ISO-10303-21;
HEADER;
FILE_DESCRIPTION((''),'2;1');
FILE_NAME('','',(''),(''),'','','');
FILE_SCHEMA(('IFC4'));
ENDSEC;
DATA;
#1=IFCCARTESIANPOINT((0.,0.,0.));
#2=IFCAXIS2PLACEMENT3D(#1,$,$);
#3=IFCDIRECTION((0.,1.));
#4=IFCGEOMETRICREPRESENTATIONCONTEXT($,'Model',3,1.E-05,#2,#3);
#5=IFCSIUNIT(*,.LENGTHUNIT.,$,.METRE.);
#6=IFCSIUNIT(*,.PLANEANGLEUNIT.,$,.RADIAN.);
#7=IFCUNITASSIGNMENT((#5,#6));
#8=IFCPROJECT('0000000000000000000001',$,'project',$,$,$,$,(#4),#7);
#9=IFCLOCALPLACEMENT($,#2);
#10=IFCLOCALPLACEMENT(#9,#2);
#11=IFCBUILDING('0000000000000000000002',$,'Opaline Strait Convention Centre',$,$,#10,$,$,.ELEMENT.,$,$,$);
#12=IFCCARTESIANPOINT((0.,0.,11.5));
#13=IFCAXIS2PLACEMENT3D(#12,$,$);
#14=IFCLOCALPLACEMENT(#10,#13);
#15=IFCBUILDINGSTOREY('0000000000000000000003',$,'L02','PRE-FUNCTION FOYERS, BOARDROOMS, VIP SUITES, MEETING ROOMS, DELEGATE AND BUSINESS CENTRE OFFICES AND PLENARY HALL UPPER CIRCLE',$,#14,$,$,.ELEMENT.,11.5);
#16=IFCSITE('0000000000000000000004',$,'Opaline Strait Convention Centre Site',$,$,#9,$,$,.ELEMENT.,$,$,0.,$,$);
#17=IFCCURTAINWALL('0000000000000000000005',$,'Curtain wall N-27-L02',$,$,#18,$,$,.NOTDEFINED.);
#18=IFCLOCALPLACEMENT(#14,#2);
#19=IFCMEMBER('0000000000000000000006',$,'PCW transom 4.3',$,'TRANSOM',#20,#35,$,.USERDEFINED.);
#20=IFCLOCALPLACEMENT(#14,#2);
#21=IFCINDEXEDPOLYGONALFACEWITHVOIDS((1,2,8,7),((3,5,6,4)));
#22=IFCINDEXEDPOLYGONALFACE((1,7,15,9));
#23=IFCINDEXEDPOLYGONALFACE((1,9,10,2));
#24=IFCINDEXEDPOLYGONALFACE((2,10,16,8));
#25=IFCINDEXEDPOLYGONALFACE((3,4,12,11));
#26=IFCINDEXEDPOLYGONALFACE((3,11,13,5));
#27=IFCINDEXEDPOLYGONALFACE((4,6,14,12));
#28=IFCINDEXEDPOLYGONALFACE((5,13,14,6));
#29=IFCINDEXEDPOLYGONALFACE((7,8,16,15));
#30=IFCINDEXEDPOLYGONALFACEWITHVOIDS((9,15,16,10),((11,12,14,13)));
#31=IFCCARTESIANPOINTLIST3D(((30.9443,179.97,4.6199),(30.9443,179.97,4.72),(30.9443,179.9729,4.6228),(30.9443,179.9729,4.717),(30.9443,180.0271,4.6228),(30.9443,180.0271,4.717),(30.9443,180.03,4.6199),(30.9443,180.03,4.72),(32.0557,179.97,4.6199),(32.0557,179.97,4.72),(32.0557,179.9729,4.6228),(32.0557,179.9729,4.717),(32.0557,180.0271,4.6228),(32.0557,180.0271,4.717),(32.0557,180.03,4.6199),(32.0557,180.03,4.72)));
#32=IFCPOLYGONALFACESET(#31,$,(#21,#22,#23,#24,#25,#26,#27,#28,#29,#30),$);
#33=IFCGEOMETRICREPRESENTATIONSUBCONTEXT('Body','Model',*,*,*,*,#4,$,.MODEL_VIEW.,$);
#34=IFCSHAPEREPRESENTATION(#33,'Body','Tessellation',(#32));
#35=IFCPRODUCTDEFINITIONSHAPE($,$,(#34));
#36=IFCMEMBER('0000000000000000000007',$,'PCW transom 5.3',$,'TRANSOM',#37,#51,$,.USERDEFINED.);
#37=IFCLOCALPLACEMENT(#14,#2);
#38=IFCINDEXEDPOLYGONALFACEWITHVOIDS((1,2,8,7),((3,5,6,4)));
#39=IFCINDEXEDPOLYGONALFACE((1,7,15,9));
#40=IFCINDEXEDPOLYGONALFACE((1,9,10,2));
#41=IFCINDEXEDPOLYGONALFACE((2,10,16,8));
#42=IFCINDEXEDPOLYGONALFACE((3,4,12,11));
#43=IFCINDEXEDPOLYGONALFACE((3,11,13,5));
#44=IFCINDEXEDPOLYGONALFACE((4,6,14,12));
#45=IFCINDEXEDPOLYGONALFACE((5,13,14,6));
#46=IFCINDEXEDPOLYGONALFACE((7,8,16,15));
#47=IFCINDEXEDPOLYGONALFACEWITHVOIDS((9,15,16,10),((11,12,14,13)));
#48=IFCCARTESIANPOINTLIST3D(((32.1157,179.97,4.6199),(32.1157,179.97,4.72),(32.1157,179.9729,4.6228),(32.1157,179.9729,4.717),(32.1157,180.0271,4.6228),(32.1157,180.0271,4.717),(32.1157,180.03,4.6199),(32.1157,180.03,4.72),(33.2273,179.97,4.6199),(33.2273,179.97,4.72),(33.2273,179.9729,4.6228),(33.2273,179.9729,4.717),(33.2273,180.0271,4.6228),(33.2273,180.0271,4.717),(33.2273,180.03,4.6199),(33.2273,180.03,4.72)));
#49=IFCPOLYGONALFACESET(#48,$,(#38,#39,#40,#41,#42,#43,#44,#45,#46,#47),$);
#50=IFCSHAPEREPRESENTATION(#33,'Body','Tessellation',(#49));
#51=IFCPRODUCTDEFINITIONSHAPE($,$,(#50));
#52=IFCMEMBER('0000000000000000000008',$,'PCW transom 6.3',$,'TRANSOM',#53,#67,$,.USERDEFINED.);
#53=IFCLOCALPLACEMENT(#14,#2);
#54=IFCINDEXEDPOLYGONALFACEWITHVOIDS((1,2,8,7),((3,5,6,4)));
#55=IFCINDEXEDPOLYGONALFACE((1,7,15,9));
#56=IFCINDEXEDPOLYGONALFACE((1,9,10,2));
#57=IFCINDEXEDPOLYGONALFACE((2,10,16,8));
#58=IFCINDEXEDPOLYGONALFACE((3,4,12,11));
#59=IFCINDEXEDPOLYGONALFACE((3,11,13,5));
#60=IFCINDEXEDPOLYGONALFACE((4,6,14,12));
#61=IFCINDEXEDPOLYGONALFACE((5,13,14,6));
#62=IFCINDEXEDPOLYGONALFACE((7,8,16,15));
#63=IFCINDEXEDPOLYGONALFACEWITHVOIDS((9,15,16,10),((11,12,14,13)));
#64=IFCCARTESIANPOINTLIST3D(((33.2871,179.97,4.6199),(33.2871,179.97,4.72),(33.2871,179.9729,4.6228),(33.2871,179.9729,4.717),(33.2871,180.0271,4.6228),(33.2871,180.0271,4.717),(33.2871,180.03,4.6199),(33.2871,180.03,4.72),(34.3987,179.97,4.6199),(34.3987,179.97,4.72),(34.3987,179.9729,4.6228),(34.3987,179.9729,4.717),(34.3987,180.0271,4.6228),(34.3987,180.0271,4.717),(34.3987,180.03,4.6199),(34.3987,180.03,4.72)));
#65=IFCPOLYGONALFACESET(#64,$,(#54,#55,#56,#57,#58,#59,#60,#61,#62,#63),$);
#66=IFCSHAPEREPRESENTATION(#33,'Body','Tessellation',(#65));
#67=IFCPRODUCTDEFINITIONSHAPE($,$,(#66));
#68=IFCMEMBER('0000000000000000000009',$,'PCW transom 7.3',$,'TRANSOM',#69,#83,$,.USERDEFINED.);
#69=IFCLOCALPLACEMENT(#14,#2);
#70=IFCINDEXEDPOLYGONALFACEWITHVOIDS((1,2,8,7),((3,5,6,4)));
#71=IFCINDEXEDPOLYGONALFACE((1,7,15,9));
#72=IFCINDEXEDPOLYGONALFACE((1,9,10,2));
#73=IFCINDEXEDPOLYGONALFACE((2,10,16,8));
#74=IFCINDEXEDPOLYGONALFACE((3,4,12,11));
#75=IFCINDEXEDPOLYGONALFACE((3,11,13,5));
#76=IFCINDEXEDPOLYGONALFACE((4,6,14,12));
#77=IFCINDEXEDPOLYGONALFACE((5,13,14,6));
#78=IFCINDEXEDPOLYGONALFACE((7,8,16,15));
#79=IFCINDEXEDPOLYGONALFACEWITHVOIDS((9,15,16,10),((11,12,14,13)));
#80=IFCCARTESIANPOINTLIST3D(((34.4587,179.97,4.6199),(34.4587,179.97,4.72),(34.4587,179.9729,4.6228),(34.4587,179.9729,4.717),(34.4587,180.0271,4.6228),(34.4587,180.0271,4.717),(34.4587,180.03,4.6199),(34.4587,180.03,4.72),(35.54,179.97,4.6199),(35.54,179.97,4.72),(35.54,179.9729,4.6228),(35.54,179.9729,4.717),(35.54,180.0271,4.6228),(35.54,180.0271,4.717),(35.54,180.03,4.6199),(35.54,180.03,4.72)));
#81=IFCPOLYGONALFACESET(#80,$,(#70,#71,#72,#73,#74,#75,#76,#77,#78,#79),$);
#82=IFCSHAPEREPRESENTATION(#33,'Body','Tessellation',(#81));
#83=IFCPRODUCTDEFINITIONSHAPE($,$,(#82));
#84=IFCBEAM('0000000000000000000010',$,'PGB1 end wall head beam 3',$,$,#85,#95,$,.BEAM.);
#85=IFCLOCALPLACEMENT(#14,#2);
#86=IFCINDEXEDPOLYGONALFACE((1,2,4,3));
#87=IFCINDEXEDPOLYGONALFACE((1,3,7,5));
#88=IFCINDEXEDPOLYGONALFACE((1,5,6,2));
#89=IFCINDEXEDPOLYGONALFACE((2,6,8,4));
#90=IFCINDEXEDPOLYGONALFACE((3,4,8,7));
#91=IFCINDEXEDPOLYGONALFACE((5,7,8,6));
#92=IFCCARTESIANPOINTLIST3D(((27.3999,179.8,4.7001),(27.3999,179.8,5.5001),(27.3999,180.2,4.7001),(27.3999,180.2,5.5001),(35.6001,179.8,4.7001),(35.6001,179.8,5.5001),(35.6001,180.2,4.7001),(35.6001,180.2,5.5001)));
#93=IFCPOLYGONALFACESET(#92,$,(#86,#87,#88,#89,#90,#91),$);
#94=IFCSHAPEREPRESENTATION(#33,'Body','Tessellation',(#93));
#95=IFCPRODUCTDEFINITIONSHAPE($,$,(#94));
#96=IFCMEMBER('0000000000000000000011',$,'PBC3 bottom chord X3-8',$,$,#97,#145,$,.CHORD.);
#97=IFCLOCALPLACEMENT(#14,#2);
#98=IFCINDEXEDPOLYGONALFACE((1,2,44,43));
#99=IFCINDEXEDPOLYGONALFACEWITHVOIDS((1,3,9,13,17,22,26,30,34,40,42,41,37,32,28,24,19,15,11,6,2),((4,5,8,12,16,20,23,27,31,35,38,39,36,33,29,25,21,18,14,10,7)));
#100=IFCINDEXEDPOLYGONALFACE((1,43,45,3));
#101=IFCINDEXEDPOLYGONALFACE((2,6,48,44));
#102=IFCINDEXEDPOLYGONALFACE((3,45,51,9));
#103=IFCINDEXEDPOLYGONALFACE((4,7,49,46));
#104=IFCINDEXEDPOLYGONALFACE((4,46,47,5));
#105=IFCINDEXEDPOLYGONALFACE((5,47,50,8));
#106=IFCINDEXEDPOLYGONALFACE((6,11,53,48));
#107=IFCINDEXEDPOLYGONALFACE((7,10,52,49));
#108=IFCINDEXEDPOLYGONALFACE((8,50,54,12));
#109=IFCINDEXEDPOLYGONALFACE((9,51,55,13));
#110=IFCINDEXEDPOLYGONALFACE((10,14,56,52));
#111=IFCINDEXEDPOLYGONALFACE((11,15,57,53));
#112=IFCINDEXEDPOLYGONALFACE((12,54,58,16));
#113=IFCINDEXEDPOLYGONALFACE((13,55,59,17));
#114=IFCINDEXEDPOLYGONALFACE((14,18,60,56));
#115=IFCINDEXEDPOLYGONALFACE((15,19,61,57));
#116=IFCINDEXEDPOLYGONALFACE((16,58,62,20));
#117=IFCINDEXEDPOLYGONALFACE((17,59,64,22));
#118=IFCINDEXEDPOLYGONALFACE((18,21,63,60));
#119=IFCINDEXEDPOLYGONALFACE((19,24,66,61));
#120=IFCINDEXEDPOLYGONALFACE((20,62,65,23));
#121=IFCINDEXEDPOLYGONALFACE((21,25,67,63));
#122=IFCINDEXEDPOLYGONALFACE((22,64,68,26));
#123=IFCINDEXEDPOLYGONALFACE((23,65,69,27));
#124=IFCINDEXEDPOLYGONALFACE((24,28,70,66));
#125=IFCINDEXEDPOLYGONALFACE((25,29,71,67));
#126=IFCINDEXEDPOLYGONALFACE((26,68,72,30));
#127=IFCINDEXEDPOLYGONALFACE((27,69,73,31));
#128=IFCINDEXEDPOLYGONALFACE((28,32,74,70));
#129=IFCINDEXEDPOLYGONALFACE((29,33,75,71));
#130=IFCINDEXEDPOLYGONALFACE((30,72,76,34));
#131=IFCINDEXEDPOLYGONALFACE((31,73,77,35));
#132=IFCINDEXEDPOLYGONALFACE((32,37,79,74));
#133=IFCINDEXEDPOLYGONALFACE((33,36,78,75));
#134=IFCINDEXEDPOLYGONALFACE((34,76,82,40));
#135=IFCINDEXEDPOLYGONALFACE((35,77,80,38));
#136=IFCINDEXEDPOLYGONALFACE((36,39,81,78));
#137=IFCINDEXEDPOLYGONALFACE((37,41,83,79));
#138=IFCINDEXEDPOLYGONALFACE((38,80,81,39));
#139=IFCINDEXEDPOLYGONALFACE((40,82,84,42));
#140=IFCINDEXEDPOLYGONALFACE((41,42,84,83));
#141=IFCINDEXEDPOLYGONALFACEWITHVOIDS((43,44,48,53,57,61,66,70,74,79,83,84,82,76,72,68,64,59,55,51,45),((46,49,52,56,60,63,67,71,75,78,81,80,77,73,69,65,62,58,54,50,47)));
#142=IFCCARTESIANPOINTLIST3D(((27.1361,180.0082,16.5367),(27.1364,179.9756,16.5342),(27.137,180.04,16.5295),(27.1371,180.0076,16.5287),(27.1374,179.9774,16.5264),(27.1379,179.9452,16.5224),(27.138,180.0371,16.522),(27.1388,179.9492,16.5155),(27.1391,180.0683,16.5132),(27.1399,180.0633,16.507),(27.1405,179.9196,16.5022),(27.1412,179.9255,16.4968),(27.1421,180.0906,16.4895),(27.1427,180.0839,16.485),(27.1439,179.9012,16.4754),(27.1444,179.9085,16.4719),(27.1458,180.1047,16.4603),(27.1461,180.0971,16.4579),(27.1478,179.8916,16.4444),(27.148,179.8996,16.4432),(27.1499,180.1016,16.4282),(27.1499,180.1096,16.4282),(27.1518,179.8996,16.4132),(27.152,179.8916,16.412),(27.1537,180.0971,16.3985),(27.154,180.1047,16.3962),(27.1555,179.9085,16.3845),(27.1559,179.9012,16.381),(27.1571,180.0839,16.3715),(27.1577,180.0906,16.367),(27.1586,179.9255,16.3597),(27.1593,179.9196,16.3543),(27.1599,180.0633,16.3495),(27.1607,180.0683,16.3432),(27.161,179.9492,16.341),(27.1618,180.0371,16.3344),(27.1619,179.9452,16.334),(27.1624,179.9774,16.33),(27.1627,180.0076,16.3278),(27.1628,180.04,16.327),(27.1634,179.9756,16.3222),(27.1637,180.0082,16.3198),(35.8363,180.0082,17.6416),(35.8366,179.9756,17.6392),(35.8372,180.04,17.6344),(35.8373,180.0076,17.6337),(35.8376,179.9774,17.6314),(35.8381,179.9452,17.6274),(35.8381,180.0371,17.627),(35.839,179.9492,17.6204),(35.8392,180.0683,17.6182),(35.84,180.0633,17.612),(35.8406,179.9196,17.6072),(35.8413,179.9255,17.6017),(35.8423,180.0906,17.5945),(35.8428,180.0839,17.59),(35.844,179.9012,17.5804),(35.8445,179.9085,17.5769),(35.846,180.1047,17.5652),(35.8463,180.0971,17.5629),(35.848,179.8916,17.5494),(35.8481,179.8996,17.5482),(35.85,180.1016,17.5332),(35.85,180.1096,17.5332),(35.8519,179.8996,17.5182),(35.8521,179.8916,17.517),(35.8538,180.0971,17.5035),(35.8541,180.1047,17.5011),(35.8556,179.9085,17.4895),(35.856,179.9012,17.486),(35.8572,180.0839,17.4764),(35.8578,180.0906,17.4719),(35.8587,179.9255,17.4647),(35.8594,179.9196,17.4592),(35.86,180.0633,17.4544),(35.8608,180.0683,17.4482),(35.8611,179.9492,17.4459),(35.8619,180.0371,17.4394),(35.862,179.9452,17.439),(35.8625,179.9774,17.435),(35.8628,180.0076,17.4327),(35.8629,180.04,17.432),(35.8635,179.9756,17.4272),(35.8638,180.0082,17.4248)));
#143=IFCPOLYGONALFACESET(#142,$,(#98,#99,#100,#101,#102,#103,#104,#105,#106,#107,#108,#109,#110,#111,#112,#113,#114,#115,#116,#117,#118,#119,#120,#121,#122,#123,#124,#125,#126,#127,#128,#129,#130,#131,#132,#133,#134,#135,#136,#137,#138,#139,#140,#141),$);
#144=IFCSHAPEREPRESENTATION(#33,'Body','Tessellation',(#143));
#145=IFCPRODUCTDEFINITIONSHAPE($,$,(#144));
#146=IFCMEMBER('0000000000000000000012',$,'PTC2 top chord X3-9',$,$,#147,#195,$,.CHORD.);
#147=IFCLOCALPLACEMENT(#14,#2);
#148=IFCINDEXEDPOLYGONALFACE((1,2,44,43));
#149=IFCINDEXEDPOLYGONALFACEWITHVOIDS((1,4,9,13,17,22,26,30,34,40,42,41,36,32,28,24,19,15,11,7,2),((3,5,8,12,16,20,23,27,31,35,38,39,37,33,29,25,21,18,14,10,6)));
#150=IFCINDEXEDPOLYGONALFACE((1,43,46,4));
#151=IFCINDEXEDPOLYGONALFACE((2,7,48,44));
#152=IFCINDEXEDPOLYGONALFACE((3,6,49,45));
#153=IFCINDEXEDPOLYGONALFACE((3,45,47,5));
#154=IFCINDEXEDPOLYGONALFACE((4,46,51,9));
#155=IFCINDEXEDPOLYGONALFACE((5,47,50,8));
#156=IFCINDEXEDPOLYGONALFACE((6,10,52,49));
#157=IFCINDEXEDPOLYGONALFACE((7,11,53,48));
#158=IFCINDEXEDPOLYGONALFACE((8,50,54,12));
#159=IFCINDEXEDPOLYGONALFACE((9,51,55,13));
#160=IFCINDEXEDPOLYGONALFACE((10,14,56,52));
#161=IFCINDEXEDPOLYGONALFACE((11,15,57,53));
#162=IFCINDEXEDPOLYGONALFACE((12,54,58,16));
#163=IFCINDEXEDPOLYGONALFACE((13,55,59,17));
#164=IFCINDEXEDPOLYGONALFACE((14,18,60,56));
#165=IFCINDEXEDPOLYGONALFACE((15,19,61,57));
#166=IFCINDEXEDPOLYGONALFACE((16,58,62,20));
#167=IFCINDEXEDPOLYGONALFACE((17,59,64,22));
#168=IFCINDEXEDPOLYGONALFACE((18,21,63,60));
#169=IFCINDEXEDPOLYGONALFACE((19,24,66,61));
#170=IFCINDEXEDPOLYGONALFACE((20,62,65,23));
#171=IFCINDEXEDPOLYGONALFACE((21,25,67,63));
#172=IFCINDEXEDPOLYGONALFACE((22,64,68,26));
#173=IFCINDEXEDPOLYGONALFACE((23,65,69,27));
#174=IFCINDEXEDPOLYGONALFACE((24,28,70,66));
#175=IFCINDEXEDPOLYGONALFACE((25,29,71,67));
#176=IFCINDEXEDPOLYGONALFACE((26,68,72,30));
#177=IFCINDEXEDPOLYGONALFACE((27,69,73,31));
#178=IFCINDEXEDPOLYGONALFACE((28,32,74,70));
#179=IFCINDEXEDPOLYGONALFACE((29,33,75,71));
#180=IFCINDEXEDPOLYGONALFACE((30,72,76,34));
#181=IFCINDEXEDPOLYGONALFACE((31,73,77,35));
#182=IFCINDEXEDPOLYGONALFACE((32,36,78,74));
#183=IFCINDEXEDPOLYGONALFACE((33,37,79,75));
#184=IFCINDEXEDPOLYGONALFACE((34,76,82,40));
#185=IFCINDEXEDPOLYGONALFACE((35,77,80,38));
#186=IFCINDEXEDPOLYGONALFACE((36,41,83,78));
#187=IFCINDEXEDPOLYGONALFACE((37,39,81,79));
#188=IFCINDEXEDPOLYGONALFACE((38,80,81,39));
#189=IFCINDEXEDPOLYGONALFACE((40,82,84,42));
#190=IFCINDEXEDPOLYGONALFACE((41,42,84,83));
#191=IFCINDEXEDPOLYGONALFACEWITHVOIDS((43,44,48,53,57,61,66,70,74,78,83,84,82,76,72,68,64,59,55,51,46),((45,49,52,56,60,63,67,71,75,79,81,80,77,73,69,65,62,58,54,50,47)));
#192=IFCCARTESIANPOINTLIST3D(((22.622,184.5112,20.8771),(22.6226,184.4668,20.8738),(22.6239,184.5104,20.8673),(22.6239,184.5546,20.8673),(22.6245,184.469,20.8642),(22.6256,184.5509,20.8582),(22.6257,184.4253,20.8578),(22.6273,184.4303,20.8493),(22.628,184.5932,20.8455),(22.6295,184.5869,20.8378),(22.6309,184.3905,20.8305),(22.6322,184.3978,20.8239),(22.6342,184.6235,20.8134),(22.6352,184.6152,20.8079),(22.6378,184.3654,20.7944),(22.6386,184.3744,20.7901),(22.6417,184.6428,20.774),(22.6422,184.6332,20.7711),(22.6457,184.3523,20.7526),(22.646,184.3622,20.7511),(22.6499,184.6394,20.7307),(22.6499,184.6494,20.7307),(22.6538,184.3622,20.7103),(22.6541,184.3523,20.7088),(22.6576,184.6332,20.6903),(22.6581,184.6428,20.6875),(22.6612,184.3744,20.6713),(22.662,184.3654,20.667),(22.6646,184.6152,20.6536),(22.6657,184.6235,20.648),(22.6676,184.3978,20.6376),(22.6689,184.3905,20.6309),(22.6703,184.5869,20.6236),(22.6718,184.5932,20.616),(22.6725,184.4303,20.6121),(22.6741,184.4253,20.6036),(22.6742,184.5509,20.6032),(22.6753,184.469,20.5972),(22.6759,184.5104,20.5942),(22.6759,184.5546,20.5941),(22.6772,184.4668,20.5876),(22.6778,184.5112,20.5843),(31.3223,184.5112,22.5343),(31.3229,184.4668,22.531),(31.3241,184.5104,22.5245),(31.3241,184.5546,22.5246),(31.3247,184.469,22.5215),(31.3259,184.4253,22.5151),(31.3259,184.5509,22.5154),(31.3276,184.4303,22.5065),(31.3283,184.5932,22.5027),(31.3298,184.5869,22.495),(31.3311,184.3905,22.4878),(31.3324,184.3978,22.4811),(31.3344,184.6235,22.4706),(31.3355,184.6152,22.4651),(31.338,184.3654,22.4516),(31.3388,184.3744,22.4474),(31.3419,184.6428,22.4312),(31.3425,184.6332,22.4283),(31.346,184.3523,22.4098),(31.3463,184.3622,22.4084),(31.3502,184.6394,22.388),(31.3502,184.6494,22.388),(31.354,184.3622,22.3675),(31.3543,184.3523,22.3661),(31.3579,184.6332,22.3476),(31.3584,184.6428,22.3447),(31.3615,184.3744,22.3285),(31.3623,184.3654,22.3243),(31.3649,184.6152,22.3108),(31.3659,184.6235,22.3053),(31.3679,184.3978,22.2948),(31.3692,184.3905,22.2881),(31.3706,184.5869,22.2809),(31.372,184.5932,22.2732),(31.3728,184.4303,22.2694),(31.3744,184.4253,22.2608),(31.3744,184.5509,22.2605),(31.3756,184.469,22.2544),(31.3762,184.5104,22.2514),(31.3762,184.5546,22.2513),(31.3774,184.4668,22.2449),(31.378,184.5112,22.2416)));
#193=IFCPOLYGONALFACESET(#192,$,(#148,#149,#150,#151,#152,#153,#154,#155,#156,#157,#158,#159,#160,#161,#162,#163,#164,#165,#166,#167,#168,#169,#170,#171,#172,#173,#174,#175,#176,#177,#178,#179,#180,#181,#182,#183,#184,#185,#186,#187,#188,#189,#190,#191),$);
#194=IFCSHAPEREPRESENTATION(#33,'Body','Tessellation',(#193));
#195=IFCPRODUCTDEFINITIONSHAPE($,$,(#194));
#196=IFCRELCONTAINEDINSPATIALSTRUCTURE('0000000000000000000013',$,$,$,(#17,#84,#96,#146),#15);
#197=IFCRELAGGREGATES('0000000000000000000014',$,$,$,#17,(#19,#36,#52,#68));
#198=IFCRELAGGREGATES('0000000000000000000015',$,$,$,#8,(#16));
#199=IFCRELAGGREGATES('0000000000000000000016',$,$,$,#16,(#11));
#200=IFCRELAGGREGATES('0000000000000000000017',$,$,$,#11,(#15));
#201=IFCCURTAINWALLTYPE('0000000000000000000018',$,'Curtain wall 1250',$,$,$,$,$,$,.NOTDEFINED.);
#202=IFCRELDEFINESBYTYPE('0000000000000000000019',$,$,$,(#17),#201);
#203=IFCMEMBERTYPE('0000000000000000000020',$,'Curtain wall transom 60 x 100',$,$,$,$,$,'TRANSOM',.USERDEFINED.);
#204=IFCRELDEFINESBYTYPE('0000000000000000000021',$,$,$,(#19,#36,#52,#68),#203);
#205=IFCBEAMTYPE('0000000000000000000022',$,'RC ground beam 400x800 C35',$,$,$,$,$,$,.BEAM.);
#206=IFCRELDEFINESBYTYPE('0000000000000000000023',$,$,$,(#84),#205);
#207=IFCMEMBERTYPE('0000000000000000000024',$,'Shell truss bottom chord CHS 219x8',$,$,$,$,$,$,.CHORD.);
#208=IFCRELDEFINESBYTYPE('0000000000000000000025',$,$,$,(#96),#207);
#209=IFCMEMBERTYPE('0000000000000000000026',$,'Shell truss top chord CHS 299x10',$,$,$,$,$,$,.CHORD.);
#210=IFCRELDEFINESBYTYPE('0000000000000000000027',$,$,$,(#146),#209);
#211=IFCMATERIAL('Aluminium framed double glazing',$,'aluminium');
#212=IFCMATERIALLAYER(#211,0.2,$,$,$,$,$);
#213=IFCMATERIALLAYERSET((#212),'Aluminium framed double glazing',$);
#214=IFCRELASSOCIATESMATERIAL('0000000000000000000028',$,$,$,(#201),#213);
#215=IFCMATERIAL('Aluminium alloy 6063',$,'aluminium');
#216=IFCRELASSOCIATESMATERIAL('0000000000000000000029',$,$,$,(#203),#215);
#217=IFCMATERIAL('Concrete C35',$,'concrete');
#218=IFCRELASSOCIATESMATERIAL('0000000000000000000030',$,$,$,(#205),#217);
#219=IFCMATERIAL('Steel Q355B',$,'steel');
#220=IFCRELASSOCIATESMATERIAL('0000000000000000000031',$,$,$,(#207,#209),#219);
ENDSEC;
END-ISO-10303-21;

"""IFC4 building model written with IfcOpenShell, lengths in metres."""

from ifc_helpers import new_model, si_unit, direction, frame, origin, origin_2d, place, context, subcontext, project, spatial, rectangle, hollow_rectangle, hollow_circle, extrude, material, layer, layer_set, material_profile, profile_set, type_object, element, aggregate, save


model = new_model("IFC4")

# Units and contexts
model_context = context("Model", 3, precision=1e-05, world=origin(), true_north=direction((0.0, 1.0)))
body_context = subcontext(model_context, "Body", "Model", "MODEL_VIEW")
ifc_project = project(units=[si_unit("LENGTHUNIT", "METRE"), si_unit("PLANEANGLEUNIT", "RADIAN")], contexts=[model_context])

# Site, building, storey
site_placement = place(None, origin())
site = spatial("IfcSite", under=ifc_project, at=site_placement, Name="Opaline Strait Convention Centre Site", CompositionType="ELEMENT", RefElevation=0.0)
building_placement = place(site_placement, origin())
building = spatial("IfcBuilding", under=site, at=building_placement, Name="Opaline Strait Convention Centre", CompositionType="ELEMENT")
storey_placement = place(building_placement, frame((0.0, 0.0, 11.5)))
storey = spatial("IfcBuildingStorey", under=building, at=storey_placement, Name="L02", Description="PRE-FUNCTION FOYERS, BOARDROOMS, VIP SUITES, MEETING ROOMS, DELEGATE AND BUSINESS CENTRE OFFICES AND PLENARY HALL UPPER CIRCLE", CompositionType="ELEMENT", Elevation=11.5)

# Curtain wall, members
ifc_material_1 = material(Name="Aluminium framed double glazing", Category="aluminium")
ifc_layer_1 = layer(ifc_material_1, 0.2)
ifc_layer_set_1 = layer_set([ifc_layer_1], Name="Aluminium framed double glazing")
curtain_wall_type = type_object("IfcCurtainWallType", Name="Curtain wall 1250", PredefinedType="NOTDEFINED", material=ifc_layer_set_1)
curtain_wall_placement = place(storey_placement, origin())
curtain_wall = element("IfcCurtainWall", 1, at=curtain_wall_placement, inside=storey, type_object=curtain_wall_type, Name="Curtain wall N-27-L02", PredefinedType="NOTDEFINED")
ifc_material_2 = material(Name="Aluminium alloy 6063", Category="aluminium")
ifc_material_profile_1 = material_profile(ifc_material_2, hollow_rectangle(XDim=0.0601, YDim=0.1001, WallThickness=0.0029, at=origin_2d()), Name="TRANSOM 60x100x3")
ifc_profile_set_1 = profile_set([ifc_material_profile_1], Name="Aluminium alloy 6063")
member_type_1 = type_object("IfcMemberType", Name="Curtain wall transom 60 x 100", ElementType="TRANSOM", PredefinedType="USERDEFINED", material=ifc_profile_set_1)
member_1_placement = place(storey_placement, frame((30.9443, 180.0, 4.6699), z_axis=(1.0, 0.0, 0.0), x_axis=(0.0, 1.0, 0.0)))
member_1 = element("IfcMember", 2, at=member_1_placement, type_object=member_type_1, Name="PCW transom 4.3", ObjectType="TRANSOM", PredefinedType="USERDEFINED", context=body_context, shape_type="SweptSolid", body=[
    extrude(hollow_rectangle(XDim=0.0601, YDim=0.1001, WallThickness=0.0029, at=origin_2d()), origin(), (0.0, 0.0, 1.0), 1.1113),
])
member_2_placement = place(storey_placement, frame((32.1157, 180.0, 4.6699), z_axis=(1.0, 0.0, 0.0), x_axis=(0.0, 1.0, 0.0)))
member_2 = element("IfcMember", 3, at=member_2_placement, type_object=member_type_1, Name="PCW transom 5.3", ObjectType="TRANSOM", PredefinedType="USERDEFINED", context=body_context, shape_type="SweptSolid", body=[
    extrude(hollow_rectangle(XDim=0.0601, YDim=0.1001, WallThickness=0.0029, at=origin_2d()), origin(), (0.0, 0.0, 1.0), 1.1116),
])
member_3_placement = place(storey_placement, frame((33.2871, 180.0, 4.6699), z_axis=(1.0, 0.0, 0.0), x_axis=(0.0, 1.0, 0.0)))
member_3 = element("IfcMember", 4, at=member_3_placement, type_object=member_type_1, Name="PCW transom 6.3", ObjectType="TRANSOM", PredefinedType="USERDEFINED", context=body_context, shape_type="SweptSolid", body=[
    extrude(hollow_rectangle(XDim=0.0601, YDim=0.1001, WallThickness=0.0029, at=origin_2d()), origin(), (0.0, 0.0, 1.0), 1.1116),
])
member_4_placement = place(storey_placement, frame((34.4587, 180.0, 4.6699), z_axis=(1.0, 0.0, 0.0), x_axis=(0.0, 1.0, 0.0)))
member_4 = element("IfcMember", 5, at=member_4_placement, type_object=member_type_1, Name="PCW transom 7.3", ObjectType="TRANSOM", PredefinedType="USERDEFINED", context=body_context, shape_type="SweptSolid", body=[
    extrude(hollow_rectangle(XDim=0.0601, YDim=0.1001, WallThickness=0.0029, at=origin_2d()), origin(), (0.0, 0.0, 1.0), 1.0813),
])
aggregate(curtain_wall, [member_1, member_2, member_3, member_4])

# Beam
ifc_material_3 = material(Name="Concrete C35", Category="concrete")
ifc_material_profile_2 = material_profile(ifc_material_3, rectangle(XDim=0.3999, YDim=0.8, at=origin_2d()), Name="RC 400x800")
ifc_profile_set_2 = profile_set([ifc_material_profile_2], Name="Concrete C35")
beam_type = type_object("IfcBeamType", Name="RC ground beam 400x800 C35", PredefinedType="BEAM", material=ifc_profile_set_2)
beam_placement = place(storey_placement, frame((27.3999, 180.0, 5.1001), z_axis=(1.0, 0.0, 0.0), x_axis=(0.0, 1.0, 0.0)))
element("IfcBeam", 6, at=beam_placement, inside=storey, type_object=beam_type, Name="PGB1 end wall head beam 3", PredefinedType="BEAM", context=body_context, shape_type="SweptSolid", body=[
    extrude(rectangle(XDim=0.3999, YDim=0.8, at=origin_2d()), origin(), (0.0, 0.0, 1.0), 8.2002),
])

# Members
ifc_material_4 = material(Name="Steel Q355B", Category="steel")
ifc_material_profile_3 = material_profile(ifc_material_4, hollow_circle(Radius=0.1096, WallThickness=0.0081, at=origin_2d()), Name="CHS 219x8")
ifc_profile_set_3 = profile_set([ifc_material_profile_3], Name="Steel Q355B")
member_type_2 = type_object("IfcMemberType", Name="Shell truss bottom chord CHS 219x8", PredefinedType="CHORD", material=ifc_profile_set_3)
member_5_placement = place(storey_placement, frame((27.1499, 180.0, 16.4282), z_axis=(0.992031, 0.0, 0.125994), x_axis=(0.0, 1.0, 0.0)))
element("IfcMember", 7, at=member_5_placement, inside=storey, type_object=member_type_2, Name="PBC3 bottom chord X3-8", PredefinedType="CHORD", context=body_context, shape_type="SweptSolid", body=[
    extrude(hollow_circle(Radius=0.1096, WallThickness=0.0081, at=origin_2d()), origin(), (0.0, 0.0, 1.0), 8.77),
])
ifc_material_profile_4 = material_profile(ifc_material_4, hollow_circle(Radius=0.1494, WallThickness=0.01, at=origin_2d()), Name="CHS 299x10")
ifc_profile_set_4 = profile_set([ifc_material_profile_4], Name="Steel Q355B")
member_type_3 = type_object("IfcMemberType", Name="Shell truss top chord CHS 299x10", PredefinedType="CHORD", material=ifc_profile_set_4)
member_6_placement = place(storey_placement, frame((22.6499, 184.5, 20.7307), z_axis=(0.982338, 0.0, 0.187117), x_axis=(0.0, 1.0, 0.0)))
element("IfcMember", 8, at=member_6_placement, inside=storey, type_object=member_type_3, Name="PTC2 top chord X3-9", PredefinedType="CHORD", context=body_context, shape_type="SweptSolid", body=[
    extrude(hollow_circle(Radius=0.1494, WallThickness=0.01, at=origin_2d()), origin(), (0.0, 0.0, 1.0), 8.8567),
])

save(model, "model.ifc")
